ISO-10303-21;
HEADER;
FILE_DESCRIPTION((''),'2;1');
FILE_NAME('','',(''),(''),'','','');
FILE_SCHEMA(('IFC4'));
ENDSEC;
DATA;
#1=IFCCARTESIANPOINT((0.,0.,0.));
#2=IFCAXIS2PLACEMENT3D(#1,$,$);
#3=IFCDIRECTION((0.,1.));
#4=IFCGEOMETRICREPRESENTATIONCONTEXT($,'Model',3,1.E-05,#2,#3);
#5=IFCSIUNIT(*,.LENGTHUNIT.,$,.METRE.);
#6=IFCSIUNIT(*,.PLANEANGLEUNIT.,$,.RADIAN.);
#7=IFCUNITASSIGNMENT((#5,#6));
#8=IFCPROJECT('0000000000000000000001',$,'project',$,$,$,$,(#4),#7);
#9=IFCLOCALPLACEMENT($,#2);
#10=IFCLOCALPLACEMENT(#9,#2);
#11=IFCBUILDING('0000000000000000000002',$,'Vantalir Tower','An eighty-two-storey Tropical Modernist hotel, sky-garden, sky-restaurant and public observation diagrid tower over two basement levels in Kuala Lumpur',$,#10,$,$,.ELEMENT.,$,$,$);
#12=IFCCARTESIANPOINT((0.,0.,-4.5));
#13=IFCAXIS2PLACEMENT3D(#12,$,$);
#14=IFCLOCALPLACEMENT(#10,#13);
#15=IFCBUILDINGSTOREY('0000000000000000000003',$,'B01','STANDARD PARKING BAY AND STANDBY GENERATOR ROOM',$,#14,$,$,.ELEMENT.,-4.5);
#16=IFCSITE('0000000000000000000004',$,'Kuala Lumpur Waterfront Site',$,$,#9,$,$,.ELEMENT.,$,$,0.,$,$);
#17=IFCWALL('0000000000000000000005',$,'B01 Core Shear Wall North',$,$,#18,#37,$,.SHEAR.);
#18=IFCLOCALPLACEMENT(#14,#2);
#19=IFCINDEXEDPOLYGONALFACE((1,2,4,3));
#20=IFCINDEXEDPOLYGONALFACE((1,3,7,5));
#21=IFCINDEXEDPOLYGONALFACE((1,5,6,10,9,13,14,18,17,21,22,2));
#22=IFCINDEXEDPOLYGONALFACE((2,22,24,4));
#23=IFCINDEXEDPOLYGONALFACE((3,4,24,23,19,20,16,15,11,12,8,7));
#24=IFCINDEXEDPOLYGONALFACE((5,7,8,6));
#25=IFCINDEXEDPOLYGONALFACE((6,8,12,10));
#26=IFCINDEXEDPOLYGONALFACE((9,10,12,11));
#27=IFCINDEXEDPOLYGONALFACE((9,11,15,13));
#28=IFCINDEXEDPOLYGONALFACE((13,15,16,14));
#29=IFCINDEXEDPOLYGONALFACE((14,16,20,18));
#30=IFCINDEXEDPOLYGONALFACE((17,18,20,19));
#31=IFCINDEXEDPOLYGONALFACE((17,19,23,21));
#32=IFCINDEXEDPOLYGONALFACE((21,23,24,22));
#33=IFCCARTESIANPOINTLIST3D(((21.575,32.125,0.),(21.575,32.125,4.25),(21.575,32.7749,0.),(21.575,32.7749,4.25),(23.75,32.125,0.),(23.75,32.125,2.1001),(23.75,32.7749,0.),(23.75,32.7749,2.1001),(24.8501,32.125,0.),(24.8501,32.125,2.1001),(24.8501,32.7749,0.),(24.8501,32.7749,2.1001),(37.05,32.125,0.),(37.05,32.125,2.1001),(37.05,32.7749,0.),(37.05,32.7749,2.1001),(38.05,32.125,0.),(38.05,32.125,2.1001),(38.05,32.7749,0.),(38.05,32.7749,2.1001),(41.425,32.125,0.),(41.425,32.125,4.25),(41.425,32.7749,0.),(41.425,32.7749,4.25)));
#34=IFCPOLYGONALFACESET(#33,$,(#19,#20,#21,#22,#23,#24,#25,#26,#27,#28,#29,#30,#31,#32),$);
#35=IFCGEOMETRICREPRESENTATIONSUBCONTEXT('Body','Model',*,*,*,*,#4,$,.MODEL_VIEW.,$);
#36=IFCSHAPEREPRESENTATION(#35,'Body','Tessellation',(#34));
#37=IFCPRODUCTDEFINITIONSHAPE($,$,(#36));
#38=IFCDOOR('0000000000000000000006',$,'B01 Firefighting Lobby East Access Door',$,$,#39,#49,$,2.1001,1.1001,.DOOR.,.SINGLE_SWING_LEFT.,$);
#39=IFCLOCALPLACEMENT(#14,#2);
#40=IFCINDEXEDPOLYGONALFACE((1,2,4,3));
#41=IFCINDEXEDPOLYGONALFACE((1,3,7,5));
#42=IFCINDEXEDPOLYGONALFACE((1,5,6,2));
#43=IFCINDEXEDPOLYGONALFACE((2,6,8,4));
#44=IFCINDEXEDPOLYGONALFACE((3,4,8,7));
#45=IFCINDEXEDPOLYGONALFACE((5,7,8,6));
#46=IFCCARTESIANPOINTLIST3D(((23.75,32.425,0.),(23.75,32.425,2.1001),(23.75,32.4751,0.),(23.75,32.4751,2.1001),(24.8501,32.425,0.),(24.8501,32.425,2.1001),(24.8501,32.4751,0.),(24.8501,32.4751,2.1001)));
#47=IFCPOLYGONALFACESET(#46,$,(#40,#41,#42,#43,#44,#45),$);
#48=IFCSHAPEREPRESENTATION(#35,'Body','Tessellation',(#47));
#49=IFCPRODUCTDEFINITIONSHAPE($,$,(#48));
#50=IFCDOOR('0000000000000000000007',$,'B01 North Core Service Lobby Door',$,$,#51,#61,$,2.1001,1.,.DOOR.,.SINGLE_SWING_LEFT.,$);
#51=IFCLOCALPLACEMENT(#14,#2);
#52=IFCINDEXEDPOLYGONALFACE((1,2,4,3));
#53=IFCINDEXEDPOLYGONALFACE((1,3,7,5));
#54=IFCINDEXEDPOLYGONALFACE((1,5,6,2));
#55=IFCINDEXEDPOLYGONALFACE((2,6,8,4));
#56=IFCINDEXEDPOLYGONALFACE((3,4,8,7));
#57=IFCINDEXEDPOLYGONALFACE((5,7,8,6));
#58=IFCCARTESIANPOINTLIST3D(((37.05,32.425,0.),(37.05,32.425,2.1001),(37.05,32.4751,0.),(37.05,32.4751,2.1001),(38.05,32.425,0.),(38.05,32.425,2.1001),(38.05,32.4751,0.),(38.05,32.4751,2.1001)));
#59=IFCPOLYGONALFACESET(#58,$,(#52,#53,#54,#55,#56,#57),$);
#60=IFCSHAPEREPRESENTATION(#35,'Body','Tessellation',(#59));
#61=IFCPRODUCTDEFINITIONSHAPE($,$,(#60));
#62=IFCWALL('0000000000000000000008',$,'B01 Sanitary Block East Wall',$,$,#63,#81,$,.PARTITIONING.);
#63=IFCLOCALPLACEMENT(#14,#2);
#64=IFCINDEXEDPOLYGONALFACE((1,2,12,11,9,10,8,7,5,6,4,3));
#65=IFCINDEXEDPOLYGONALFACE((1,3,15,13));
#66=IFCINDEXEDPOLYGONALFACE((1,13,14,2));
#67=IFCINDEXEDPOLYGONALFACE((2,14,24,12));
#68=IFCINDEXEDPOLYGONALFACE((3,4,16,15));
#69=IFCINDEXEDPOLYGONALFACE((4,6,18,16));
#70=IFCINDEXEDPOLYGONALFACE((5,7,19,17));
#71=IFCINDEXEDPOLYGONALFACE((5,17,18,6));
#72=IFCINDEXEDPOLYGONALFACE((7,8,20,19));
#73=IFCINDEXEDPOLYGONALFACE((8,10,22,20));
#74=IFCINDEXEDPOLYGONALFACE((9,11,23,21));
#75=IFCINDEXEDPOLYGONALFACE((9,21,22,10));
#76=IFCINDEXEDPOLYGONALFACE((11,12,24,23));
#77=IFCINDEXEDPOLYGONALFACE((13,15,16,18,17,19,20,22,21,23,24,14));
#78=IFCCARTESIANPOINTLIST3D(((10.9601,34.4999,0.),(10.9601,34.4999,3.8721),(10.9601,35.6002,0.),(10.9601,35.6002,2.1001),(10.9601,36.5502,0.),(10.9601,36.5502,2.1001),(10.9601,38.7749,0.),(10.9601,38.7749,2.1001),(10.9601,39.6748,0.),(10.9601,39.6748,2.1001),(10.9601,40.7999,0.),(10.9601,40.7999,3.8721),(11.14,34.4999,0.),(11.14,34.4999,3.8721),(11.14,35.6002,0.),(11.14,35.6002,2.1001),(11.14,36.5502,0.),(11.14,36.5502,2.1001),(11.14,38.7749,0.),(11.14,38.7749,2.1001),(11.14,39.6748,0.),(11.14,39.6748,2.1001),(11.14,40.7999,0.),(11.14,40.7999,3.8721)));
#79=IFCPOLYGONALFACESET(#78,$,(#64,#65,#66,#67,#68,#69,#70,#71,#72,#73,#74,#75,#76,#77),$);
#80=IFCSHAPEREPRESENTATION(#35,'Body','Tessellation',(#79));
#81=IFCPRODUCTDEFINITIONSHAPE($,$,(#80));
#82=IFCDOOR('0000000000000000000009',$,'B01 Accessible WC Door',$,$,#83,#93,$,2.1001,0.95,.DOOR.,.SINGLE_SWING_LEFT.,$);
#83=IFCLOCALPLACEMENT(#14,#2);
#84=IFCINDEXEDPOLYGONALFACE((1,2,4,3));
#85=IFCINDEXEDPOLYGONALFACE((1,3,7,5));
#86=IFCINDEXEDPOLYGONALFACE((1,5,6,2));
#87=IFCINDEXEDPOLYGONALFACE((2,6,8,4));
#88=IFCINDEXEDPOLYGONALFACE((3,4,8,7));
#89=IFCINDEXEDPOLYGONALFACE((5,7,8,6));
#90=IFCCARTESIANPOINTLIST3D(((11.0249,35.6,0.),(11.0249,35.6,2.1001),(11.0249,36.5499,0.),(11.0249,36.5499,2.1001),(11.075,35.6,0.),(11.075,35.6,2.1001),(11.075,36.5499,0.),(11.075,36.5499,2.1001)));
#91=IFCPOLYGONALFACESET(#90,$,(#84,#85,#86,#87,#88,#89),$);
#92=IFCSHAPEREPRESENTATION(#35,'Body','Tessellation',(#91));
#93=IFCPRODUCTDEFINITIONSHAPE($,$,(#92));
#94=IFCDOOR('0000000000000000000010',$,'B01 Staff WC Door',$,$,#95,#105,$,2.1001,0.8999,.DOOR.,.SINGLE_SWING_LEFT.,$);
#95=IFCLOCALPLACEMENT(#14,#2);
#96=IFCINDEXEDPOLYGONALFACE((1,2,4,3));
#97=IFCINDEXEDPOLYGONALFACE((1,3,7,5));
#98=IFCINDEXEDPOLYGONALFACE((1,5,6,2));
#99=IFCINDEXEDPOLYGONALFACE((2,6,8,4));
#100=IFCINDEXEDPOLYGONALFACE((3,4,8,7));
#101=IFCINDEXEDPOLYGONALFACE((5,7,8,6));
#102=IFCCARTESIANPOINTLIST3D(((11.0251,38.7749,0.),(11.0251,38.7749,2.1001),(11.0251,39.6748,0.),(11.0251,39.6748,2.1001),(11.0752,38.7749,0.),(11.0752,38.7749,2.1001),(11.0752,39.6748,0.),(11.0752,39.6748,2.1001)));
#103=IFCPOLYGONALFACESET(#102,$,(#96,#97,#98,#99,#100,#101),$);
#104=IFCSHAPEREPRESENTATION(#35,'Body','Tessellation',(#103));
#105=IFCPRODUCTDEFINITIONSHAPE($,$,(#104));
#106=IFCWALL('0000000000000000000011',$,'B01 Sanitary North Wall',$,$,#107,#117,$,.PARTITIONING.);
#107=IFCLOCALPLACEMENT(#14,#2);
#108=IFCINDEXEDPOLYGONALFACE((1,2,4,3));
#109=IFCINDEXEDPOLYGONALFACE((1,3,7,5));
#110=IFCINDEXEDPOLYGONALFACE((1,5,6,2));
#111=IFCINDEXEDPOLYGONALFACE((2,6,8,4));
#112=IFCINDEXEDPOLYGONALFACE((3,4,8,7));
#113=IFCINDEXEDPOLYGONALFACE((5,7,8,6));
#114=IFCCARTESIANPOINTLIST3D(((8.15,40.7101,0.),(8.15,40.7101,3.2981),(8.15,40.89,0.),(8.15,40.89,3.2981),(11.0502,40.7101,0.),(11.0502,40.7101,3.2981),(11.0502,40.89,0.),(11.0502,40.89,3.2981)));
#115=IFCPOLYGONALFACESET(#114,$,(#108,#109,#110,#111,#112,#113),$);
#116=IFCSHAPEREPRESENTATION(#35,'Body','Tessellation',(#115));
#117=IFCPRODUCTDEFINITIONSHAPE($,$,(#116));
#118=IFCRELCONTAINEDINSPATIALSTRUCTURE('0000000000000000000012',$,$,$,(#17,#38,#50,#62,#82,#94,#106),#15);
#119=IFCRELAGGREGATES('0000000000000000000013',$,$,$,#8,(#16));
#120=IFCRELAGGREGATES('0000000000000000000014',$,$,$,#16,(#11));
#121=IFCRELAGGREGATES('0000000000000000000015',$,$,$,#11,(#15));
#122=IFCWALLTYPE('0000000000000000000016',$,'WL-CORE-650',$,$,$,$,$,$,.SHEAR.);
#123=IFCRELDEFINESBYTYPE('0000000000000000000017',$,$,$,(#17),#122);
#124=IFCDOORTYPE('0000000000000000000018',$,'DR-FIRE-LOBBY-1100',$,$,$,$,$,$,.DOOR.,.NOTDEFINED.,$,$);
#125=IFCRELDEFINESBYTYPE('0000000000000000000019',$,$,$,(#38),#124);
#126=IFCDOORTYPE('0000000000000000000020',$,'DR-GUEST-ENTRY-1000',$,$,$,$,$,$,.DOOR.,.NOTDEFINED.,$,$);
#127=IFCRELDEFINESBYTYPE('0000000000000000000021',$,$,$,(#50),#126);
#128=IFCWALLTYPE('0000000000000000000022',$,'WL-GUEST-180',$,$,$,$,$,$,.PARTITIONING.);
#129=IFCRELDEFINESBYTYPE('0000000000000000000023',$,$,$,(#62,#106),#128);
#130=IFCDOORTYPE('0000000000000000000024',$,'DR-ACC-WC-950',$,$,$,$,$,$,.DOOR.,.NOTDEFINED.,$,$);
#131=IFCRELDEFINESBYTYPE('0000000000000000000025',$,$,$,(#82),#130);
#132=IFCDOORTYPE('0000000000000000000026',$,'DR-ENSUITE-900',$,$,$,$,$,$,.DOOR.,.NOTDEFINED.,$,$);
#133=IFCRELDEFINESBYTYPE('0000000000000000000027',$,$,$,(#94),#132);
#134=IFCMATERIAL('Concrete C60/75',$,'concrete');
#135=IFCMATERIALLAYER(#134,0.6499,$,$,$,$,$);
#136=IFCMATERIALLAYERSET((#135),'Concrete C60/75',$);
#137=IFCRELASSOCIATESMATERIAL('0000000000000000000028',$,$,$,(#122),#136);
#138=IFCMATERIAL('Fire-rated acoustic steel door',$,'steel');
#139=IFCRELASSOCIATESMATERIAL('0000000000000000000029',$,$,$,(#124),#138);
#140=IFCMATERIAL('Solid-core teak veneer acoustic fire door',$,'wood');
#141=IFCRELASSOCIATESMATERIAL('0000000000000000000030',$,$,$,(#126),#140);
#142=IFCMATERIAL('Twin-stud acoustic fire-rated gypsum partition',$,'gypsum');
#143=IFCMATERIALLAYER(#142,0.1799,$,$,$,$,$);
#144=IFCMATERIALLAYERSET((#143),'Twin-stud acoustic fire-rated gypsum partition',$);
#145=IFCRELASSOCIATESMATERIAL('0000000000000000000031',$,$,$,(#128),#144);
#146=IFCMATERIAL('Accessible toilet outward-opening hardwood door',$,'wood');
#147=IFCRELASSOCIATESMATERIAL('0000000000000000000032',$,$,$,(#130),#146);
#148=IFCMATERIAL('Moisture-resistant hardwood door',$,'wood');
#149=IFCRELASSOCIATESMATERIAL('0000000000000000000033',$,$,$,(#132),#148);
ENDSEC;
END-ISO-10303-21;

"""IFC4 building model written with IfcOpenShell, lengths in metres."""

from ifc_helpers import new_model, si_unit, direction, frame, frame_2d, origin, place, context, subcontext, project, spatial, rectangle, extrude, material, layer, layer_set, type_object, element, fill, save


model = new_model("IFC4")

# Units and contexts
model_context = context("Model", 3, precision=1e-05, world=origin(), true_north=direction((0.0, 1.0)))
body_context = subcontext(model_context, "Body", "Model", "MODEL_VIEW")
ifc_project = project(units=[si_unit("LENGTHUNIT", "METRE"), si_unit("PLANEANGLEUNIT", "RADIAN")], contexts=[model_context])

# Site, building, storey
site_placement = place(None, origin())
site = spatial("IfcSite", under=ifc_project, at=site_placement, Name="Kuala Lumpur Waterfront Site", CompositionType="ELEMENT", RefElevation=0.0)
building_placement = place(site_placement, origin())
building = spatial("IfcBuilding", under=site, at=building_placement, Name="Vantalir Tower", Description="An eighty-two-storey Tropical Modernist hotel, sky-garden, sky-restaurant and public observation diagrid tower over two basement levels in Kuala Lumpur", CompositionType="ELEMENT")
storey_placement = place(building_placement, frame((0.0, 0.0, -4.5)))
storey = spatial("IfcBuildingStorey", under=building, at=storey_placement, Name="B01", Description="STANDARD PARKING BAY AND STANDBY GENERATOR ROOM", CompositionType="ELEMENT", Elevation=-4.5)

# Shared definitions
ifc_material_1 = material(Name="Concrete C60/75", Category="concrete")

# Walls, openings, doors
ifc_layer_1 = layer(ifc_material_1, 0.6499)
ifc_layer_set_1 = layer_set([ifc_layer_1], Name="Concrete C60/75")
wall_type_1 = type_object("IfcWallType", Name="WL-CORE-650", PredefinedType="SHEAR", material=ifc_layer_set_1)
wall_1_placement = place(storey_placement, frame((21.575, 32.45, 0.0), z_axis=(0.0, 0.0, 1.0), x_axis=(1.0, 0.0, 0.0)))
wall_1 = element("IfcWall", 1, at=wall_1_placement, inside=storey, type_object=wall_type_1, Name="B01 Core Shear Wall North", PredefinedType="SHEAR", context=body_context, shape_type="SweptSolid", body=[
    extrude(rectangle(XDim=19.8501, YDim=0.6499, at=frame_2d((9.925, 0.0))), origin(), (0.0, 0.0, 1.0), 4.25),
])
opening_1_placement = place(wall_1_placement, frame((2.175, 0.0, 0.0)))
opening_1 = element("IfcOpeningElement", 2, at=opening_1_placement, cuts=wall_1, PredefinedType="OPENING", context=body_context, shape_type="SweptSolid", body=[
    extrude(rectangle(XDim=1.1001, YDim=2.1001, at=frame_2d((0.55, 1.05))), frame((0.0, 0.335, 0.0), z_axis=(0.0, -1.0, 0.0), x_axis=(1.0, 0.0, 0.0)), (0.0, 0.0, 1.0), 0.6699),
])
opening_2_placement = place(wall_1_placement, frame((15.4751, 0.0, 0.0)))
opening_2 = element("IfcOpeningElement", 3, at=opening_2_placement, cuts=wall_1, PredefinedType="OPENING", context=body_context, shape_type="SweptSolid", body=[
    extrude(rectangle(XDim=1.0, YDim=2.1001, at=frame_2d((0.5, 1.05))), frame((0.0, 0.335, 0.0), z_axis=(0.0, -1.0, 0.0), x_axis=(1.0, 0.0, 0.0)), (0.0, 0.0, 1.0), 0.6699),
])
ifc_material_2 = material(Name="Fire-rated acoustic steel door", Category="steel")
door_type_1 = type_object("IfcDoorType", Name="DR-FIRE-LOBBY-1100", OperationType="NOTDEFINED", PredefinedType="DOOR", material=ifc_material_2)
door_1_placement = place(opening_1_placement, frame((1.1001, 0.0, 0.0), z_axis=(0.0, 0.0, 1.0), x_axis=(-1.0, 0.0, 0.0)))
door_1 = element("IfcDoor", 4, at=door_1_placement, inside=storey, type_object=door_type_1, Name="B01 Firefighting Lobby East Access Door", OperationType="SINGLE_SWING_LEFT", OverallHeight=2.1001, OverallWidth=1.1001, PredefinedType="DOOR", context=body_context, shape_type="SweptSolid", body=[
    extrude(rectangle(XDim=1.1001, YDim=2.1001, at=frame_2d((0.55, 1.05))), frame((0.0, 0.0249, 0.0), z_axis=(0.0, -1.0, 0.0), x_axis=(1.0, 0.0, 0.0)), (0.0, 0.0, 1.0), 0.05),
])
fill(opening_1, door_1)
ifc_material_3 = material(Name="Solid-core teak veneer acoustic fire door", Category="wood")
door_type_2 = type_object("IfcDoorType", Name="DR-GUEST-ENTRY-1000", OperationType="NOTDEFINED", PredefinedType="DOOR", material=ifc_material_3)
door_2_placement = place(opening_2_placement, frame((1.0, 0.0, 0.0), z_axis=(0.0, 0.0, 1.0), x_axis=(-1.0, 0.0, 0.0)))
door_2 = element("IfcDoor", 5, at=door_2_placement, inside=storey, type_object=door_type_2, Name="B01 North Core Service Lobby Door", OperationType="SINGLE_SWING_LEFT", OverallHeight=2.1001, OverallWidth=1.0, PredefinedType="DOOR", context=body_context, shape_type="SweptSolid", body=[
    extrude(rectangle(XDim=1.0, YDim=2.1001, at=frame_2d((0.5, 1.05))), frame((0.0, 0.0249, 0.0), z_axis=(0.0, -1.0, 0.0), x_axis=(1.0, 0.0, 0.0)), (0.0, 0.0, 1.0), 0.05),
])
fill(opening_2, door_2)
ifc_material_4 = material(Name="Twin-stud acoustic fire-rated gypsum partition", Category="gypsum")
ifc_layer_2 = layer(ifc_material_4, 0.1799)
ifc_layer_set_2 = layer_set([ifc_layer_2], Name="Twin-stud acoustic fire-rated gypsum partition")
wall_type_2 = type_object("IfcWallType", Name="WL-GUEST-180", PredefinedType="PARTITIONING", material=ifc_layer_set_2)
wall_2_placement = place(storey_placement, frame((11.05, 34.5, 0.0), z_axis=(0.0, 0.0, 1.0), x_axis=(0.0, 1.0, 0.0)))
wall_2 = element("IfcWall", 6, at=wall_2_placement, inside=storey, type_object=wall_type_2, Name="B01 Sanitary Block East Wall", PredefinedType="PARTITIONING", context=body_context, shape_type="SweptSolid", body=[
    extrude(rectangle(XDim=6.3, YDim=0.1799, at=frame_2d((3.1499, 0.0))), origin(), (0.0, 0.0, 1.0), 3.8721),
])
opening_3_placement = place(wall_2_placement, frame((1.1001, 0.0, 0.0)))
opening_3 = element("IfcOpeningElement", 7, at=opening_3_placement, cuts=wall_2, PredefinedType="OPENING", context=body_context, shape_type="SweptSolid", body=[
    extrude(rectangle(XDim=0.95, YDim=2.1001, at=frame_2d((0.4751, 1.05))), frame((0.0, 0.0999, 0.0), z_axis=(0.0, -1.0, 0.0), x_axis=(1.0, 0.0, 0.0)), (0.0, 0.0, 1.0), 0.2),
])
opening_4_placement = place(wall_2_placement, frame((4.2749, 0.0, 0.0)))
opening_4 = element("IfcOpeningElement", 8, at=opening_4_placement, cuts=wall_2, PredefinedType="OPENING", context=body_context, shape_type="SweptSolid", body=[
    extrude(rectangle(XDim=0.8999, YDim=2.1001, at=frame_2d((0.45, 1.05))), frame((0.0, 0.0999, 0.0), z_axis=(0.0, -1.0, 0.0), x_axis=(1.0, 0.0, 0.0)), (0.0, 0.0, 1.0), 0.2),
])
ifc_material_5 = material(Name="Accessible toilet outward-opening hardwood door", Category="wood")
door_type_3 = type_object("IfcDoorType", Name="DR-ACC-WC-950", OperationType="NOTDEFINED", PredefinedType="DOOR", material=ifc_material_5)
door_3_placement = place(opening_3_placement, frame((0.95, 0.0, 0.0), z_axis=(0.0, 0.0, 1.0), x_axis=(-1.0, 0.0, 0.0)))
door_3 = element("IfcDoor", 9, at=door_3_placement, inside=storey, type_object=door_type_3, Name="B01 Accessible WC Door", OperationType="SINGLE_SWING_LEFT", OverallHeight=2.1001, OverallWidth=0.95, PredefinedType="DOOR", context=body_context, shape_type="SweptSolid", body=[
    extrude(rectangle(XDim=0.95, YDim=2.1001, at=frame_2d((0.4751, 1.05))), frame((0.0, 0.0249, 0.0), z_axis=(0.0, -1.0, 0.0), x_axis=(1.0, 0.0, 0.0)), (0.0, 0.0, 1.0), 0.05),
])
fill(opening_3, door_3)
ifc_material_6 = material(Name="Moisture-resistant hardwood door", Category="wood")
door_type_4 = type_object("IfcDoorType", Name="DR-ENSUITE-900", OperationType="NOTDEFINED", PredefinedType="DOOR", material=ifc_material_6)
door_4_placement = place(opening_4_placement, origin())
door_4 = element("IfcDoor", 10, at=door_4_placement, inside=storey, type_object=door_type_4, Name="B01 Staff WC Door", OperationType="SINGLE_SWING_LEFT", OverallHeight=2.1001, OverallWidth=0.8999, PredefinedType="DOOR", context=body_context, shape_type="SweptSolid", body=[
    extrude(rectangle(XDim=0.8999, YDim=2.1001, at=frame_2d((0.45, 1.05))), frame((0.0, 0.0249, 0.0), z_axis=(0.0, -1.0, 0.0), x_axis=(1.0, 0.0, 0.0)), (0.0, 0.0, 1.0), 0.05),
])
fill(opening_4, door_4)

# Wall
wall_3_placement = place(storey_placement, frame((8.1499, 40.8, 0.0), z_axis=(0.0, 0.0, 1.0), x_axis=(1.0, 0.0, 0.0)))
element("IfcWall", 11, at=wall_3_placement, inside=storey, type_object=wall_type_2, Name="B01 Sanitary North Wall", PredefinedType="PARTITIONING", context=body_context, shape_type="SweptSolid", body=[
    extrude(rectangle(XDim=2.9001, YDim=0.1799, at=frame_2d((1.4502, 0.0))), origin(), (0.0, 0.0, 1.0), 3.2981),
])

save(model, "model.ifc")
